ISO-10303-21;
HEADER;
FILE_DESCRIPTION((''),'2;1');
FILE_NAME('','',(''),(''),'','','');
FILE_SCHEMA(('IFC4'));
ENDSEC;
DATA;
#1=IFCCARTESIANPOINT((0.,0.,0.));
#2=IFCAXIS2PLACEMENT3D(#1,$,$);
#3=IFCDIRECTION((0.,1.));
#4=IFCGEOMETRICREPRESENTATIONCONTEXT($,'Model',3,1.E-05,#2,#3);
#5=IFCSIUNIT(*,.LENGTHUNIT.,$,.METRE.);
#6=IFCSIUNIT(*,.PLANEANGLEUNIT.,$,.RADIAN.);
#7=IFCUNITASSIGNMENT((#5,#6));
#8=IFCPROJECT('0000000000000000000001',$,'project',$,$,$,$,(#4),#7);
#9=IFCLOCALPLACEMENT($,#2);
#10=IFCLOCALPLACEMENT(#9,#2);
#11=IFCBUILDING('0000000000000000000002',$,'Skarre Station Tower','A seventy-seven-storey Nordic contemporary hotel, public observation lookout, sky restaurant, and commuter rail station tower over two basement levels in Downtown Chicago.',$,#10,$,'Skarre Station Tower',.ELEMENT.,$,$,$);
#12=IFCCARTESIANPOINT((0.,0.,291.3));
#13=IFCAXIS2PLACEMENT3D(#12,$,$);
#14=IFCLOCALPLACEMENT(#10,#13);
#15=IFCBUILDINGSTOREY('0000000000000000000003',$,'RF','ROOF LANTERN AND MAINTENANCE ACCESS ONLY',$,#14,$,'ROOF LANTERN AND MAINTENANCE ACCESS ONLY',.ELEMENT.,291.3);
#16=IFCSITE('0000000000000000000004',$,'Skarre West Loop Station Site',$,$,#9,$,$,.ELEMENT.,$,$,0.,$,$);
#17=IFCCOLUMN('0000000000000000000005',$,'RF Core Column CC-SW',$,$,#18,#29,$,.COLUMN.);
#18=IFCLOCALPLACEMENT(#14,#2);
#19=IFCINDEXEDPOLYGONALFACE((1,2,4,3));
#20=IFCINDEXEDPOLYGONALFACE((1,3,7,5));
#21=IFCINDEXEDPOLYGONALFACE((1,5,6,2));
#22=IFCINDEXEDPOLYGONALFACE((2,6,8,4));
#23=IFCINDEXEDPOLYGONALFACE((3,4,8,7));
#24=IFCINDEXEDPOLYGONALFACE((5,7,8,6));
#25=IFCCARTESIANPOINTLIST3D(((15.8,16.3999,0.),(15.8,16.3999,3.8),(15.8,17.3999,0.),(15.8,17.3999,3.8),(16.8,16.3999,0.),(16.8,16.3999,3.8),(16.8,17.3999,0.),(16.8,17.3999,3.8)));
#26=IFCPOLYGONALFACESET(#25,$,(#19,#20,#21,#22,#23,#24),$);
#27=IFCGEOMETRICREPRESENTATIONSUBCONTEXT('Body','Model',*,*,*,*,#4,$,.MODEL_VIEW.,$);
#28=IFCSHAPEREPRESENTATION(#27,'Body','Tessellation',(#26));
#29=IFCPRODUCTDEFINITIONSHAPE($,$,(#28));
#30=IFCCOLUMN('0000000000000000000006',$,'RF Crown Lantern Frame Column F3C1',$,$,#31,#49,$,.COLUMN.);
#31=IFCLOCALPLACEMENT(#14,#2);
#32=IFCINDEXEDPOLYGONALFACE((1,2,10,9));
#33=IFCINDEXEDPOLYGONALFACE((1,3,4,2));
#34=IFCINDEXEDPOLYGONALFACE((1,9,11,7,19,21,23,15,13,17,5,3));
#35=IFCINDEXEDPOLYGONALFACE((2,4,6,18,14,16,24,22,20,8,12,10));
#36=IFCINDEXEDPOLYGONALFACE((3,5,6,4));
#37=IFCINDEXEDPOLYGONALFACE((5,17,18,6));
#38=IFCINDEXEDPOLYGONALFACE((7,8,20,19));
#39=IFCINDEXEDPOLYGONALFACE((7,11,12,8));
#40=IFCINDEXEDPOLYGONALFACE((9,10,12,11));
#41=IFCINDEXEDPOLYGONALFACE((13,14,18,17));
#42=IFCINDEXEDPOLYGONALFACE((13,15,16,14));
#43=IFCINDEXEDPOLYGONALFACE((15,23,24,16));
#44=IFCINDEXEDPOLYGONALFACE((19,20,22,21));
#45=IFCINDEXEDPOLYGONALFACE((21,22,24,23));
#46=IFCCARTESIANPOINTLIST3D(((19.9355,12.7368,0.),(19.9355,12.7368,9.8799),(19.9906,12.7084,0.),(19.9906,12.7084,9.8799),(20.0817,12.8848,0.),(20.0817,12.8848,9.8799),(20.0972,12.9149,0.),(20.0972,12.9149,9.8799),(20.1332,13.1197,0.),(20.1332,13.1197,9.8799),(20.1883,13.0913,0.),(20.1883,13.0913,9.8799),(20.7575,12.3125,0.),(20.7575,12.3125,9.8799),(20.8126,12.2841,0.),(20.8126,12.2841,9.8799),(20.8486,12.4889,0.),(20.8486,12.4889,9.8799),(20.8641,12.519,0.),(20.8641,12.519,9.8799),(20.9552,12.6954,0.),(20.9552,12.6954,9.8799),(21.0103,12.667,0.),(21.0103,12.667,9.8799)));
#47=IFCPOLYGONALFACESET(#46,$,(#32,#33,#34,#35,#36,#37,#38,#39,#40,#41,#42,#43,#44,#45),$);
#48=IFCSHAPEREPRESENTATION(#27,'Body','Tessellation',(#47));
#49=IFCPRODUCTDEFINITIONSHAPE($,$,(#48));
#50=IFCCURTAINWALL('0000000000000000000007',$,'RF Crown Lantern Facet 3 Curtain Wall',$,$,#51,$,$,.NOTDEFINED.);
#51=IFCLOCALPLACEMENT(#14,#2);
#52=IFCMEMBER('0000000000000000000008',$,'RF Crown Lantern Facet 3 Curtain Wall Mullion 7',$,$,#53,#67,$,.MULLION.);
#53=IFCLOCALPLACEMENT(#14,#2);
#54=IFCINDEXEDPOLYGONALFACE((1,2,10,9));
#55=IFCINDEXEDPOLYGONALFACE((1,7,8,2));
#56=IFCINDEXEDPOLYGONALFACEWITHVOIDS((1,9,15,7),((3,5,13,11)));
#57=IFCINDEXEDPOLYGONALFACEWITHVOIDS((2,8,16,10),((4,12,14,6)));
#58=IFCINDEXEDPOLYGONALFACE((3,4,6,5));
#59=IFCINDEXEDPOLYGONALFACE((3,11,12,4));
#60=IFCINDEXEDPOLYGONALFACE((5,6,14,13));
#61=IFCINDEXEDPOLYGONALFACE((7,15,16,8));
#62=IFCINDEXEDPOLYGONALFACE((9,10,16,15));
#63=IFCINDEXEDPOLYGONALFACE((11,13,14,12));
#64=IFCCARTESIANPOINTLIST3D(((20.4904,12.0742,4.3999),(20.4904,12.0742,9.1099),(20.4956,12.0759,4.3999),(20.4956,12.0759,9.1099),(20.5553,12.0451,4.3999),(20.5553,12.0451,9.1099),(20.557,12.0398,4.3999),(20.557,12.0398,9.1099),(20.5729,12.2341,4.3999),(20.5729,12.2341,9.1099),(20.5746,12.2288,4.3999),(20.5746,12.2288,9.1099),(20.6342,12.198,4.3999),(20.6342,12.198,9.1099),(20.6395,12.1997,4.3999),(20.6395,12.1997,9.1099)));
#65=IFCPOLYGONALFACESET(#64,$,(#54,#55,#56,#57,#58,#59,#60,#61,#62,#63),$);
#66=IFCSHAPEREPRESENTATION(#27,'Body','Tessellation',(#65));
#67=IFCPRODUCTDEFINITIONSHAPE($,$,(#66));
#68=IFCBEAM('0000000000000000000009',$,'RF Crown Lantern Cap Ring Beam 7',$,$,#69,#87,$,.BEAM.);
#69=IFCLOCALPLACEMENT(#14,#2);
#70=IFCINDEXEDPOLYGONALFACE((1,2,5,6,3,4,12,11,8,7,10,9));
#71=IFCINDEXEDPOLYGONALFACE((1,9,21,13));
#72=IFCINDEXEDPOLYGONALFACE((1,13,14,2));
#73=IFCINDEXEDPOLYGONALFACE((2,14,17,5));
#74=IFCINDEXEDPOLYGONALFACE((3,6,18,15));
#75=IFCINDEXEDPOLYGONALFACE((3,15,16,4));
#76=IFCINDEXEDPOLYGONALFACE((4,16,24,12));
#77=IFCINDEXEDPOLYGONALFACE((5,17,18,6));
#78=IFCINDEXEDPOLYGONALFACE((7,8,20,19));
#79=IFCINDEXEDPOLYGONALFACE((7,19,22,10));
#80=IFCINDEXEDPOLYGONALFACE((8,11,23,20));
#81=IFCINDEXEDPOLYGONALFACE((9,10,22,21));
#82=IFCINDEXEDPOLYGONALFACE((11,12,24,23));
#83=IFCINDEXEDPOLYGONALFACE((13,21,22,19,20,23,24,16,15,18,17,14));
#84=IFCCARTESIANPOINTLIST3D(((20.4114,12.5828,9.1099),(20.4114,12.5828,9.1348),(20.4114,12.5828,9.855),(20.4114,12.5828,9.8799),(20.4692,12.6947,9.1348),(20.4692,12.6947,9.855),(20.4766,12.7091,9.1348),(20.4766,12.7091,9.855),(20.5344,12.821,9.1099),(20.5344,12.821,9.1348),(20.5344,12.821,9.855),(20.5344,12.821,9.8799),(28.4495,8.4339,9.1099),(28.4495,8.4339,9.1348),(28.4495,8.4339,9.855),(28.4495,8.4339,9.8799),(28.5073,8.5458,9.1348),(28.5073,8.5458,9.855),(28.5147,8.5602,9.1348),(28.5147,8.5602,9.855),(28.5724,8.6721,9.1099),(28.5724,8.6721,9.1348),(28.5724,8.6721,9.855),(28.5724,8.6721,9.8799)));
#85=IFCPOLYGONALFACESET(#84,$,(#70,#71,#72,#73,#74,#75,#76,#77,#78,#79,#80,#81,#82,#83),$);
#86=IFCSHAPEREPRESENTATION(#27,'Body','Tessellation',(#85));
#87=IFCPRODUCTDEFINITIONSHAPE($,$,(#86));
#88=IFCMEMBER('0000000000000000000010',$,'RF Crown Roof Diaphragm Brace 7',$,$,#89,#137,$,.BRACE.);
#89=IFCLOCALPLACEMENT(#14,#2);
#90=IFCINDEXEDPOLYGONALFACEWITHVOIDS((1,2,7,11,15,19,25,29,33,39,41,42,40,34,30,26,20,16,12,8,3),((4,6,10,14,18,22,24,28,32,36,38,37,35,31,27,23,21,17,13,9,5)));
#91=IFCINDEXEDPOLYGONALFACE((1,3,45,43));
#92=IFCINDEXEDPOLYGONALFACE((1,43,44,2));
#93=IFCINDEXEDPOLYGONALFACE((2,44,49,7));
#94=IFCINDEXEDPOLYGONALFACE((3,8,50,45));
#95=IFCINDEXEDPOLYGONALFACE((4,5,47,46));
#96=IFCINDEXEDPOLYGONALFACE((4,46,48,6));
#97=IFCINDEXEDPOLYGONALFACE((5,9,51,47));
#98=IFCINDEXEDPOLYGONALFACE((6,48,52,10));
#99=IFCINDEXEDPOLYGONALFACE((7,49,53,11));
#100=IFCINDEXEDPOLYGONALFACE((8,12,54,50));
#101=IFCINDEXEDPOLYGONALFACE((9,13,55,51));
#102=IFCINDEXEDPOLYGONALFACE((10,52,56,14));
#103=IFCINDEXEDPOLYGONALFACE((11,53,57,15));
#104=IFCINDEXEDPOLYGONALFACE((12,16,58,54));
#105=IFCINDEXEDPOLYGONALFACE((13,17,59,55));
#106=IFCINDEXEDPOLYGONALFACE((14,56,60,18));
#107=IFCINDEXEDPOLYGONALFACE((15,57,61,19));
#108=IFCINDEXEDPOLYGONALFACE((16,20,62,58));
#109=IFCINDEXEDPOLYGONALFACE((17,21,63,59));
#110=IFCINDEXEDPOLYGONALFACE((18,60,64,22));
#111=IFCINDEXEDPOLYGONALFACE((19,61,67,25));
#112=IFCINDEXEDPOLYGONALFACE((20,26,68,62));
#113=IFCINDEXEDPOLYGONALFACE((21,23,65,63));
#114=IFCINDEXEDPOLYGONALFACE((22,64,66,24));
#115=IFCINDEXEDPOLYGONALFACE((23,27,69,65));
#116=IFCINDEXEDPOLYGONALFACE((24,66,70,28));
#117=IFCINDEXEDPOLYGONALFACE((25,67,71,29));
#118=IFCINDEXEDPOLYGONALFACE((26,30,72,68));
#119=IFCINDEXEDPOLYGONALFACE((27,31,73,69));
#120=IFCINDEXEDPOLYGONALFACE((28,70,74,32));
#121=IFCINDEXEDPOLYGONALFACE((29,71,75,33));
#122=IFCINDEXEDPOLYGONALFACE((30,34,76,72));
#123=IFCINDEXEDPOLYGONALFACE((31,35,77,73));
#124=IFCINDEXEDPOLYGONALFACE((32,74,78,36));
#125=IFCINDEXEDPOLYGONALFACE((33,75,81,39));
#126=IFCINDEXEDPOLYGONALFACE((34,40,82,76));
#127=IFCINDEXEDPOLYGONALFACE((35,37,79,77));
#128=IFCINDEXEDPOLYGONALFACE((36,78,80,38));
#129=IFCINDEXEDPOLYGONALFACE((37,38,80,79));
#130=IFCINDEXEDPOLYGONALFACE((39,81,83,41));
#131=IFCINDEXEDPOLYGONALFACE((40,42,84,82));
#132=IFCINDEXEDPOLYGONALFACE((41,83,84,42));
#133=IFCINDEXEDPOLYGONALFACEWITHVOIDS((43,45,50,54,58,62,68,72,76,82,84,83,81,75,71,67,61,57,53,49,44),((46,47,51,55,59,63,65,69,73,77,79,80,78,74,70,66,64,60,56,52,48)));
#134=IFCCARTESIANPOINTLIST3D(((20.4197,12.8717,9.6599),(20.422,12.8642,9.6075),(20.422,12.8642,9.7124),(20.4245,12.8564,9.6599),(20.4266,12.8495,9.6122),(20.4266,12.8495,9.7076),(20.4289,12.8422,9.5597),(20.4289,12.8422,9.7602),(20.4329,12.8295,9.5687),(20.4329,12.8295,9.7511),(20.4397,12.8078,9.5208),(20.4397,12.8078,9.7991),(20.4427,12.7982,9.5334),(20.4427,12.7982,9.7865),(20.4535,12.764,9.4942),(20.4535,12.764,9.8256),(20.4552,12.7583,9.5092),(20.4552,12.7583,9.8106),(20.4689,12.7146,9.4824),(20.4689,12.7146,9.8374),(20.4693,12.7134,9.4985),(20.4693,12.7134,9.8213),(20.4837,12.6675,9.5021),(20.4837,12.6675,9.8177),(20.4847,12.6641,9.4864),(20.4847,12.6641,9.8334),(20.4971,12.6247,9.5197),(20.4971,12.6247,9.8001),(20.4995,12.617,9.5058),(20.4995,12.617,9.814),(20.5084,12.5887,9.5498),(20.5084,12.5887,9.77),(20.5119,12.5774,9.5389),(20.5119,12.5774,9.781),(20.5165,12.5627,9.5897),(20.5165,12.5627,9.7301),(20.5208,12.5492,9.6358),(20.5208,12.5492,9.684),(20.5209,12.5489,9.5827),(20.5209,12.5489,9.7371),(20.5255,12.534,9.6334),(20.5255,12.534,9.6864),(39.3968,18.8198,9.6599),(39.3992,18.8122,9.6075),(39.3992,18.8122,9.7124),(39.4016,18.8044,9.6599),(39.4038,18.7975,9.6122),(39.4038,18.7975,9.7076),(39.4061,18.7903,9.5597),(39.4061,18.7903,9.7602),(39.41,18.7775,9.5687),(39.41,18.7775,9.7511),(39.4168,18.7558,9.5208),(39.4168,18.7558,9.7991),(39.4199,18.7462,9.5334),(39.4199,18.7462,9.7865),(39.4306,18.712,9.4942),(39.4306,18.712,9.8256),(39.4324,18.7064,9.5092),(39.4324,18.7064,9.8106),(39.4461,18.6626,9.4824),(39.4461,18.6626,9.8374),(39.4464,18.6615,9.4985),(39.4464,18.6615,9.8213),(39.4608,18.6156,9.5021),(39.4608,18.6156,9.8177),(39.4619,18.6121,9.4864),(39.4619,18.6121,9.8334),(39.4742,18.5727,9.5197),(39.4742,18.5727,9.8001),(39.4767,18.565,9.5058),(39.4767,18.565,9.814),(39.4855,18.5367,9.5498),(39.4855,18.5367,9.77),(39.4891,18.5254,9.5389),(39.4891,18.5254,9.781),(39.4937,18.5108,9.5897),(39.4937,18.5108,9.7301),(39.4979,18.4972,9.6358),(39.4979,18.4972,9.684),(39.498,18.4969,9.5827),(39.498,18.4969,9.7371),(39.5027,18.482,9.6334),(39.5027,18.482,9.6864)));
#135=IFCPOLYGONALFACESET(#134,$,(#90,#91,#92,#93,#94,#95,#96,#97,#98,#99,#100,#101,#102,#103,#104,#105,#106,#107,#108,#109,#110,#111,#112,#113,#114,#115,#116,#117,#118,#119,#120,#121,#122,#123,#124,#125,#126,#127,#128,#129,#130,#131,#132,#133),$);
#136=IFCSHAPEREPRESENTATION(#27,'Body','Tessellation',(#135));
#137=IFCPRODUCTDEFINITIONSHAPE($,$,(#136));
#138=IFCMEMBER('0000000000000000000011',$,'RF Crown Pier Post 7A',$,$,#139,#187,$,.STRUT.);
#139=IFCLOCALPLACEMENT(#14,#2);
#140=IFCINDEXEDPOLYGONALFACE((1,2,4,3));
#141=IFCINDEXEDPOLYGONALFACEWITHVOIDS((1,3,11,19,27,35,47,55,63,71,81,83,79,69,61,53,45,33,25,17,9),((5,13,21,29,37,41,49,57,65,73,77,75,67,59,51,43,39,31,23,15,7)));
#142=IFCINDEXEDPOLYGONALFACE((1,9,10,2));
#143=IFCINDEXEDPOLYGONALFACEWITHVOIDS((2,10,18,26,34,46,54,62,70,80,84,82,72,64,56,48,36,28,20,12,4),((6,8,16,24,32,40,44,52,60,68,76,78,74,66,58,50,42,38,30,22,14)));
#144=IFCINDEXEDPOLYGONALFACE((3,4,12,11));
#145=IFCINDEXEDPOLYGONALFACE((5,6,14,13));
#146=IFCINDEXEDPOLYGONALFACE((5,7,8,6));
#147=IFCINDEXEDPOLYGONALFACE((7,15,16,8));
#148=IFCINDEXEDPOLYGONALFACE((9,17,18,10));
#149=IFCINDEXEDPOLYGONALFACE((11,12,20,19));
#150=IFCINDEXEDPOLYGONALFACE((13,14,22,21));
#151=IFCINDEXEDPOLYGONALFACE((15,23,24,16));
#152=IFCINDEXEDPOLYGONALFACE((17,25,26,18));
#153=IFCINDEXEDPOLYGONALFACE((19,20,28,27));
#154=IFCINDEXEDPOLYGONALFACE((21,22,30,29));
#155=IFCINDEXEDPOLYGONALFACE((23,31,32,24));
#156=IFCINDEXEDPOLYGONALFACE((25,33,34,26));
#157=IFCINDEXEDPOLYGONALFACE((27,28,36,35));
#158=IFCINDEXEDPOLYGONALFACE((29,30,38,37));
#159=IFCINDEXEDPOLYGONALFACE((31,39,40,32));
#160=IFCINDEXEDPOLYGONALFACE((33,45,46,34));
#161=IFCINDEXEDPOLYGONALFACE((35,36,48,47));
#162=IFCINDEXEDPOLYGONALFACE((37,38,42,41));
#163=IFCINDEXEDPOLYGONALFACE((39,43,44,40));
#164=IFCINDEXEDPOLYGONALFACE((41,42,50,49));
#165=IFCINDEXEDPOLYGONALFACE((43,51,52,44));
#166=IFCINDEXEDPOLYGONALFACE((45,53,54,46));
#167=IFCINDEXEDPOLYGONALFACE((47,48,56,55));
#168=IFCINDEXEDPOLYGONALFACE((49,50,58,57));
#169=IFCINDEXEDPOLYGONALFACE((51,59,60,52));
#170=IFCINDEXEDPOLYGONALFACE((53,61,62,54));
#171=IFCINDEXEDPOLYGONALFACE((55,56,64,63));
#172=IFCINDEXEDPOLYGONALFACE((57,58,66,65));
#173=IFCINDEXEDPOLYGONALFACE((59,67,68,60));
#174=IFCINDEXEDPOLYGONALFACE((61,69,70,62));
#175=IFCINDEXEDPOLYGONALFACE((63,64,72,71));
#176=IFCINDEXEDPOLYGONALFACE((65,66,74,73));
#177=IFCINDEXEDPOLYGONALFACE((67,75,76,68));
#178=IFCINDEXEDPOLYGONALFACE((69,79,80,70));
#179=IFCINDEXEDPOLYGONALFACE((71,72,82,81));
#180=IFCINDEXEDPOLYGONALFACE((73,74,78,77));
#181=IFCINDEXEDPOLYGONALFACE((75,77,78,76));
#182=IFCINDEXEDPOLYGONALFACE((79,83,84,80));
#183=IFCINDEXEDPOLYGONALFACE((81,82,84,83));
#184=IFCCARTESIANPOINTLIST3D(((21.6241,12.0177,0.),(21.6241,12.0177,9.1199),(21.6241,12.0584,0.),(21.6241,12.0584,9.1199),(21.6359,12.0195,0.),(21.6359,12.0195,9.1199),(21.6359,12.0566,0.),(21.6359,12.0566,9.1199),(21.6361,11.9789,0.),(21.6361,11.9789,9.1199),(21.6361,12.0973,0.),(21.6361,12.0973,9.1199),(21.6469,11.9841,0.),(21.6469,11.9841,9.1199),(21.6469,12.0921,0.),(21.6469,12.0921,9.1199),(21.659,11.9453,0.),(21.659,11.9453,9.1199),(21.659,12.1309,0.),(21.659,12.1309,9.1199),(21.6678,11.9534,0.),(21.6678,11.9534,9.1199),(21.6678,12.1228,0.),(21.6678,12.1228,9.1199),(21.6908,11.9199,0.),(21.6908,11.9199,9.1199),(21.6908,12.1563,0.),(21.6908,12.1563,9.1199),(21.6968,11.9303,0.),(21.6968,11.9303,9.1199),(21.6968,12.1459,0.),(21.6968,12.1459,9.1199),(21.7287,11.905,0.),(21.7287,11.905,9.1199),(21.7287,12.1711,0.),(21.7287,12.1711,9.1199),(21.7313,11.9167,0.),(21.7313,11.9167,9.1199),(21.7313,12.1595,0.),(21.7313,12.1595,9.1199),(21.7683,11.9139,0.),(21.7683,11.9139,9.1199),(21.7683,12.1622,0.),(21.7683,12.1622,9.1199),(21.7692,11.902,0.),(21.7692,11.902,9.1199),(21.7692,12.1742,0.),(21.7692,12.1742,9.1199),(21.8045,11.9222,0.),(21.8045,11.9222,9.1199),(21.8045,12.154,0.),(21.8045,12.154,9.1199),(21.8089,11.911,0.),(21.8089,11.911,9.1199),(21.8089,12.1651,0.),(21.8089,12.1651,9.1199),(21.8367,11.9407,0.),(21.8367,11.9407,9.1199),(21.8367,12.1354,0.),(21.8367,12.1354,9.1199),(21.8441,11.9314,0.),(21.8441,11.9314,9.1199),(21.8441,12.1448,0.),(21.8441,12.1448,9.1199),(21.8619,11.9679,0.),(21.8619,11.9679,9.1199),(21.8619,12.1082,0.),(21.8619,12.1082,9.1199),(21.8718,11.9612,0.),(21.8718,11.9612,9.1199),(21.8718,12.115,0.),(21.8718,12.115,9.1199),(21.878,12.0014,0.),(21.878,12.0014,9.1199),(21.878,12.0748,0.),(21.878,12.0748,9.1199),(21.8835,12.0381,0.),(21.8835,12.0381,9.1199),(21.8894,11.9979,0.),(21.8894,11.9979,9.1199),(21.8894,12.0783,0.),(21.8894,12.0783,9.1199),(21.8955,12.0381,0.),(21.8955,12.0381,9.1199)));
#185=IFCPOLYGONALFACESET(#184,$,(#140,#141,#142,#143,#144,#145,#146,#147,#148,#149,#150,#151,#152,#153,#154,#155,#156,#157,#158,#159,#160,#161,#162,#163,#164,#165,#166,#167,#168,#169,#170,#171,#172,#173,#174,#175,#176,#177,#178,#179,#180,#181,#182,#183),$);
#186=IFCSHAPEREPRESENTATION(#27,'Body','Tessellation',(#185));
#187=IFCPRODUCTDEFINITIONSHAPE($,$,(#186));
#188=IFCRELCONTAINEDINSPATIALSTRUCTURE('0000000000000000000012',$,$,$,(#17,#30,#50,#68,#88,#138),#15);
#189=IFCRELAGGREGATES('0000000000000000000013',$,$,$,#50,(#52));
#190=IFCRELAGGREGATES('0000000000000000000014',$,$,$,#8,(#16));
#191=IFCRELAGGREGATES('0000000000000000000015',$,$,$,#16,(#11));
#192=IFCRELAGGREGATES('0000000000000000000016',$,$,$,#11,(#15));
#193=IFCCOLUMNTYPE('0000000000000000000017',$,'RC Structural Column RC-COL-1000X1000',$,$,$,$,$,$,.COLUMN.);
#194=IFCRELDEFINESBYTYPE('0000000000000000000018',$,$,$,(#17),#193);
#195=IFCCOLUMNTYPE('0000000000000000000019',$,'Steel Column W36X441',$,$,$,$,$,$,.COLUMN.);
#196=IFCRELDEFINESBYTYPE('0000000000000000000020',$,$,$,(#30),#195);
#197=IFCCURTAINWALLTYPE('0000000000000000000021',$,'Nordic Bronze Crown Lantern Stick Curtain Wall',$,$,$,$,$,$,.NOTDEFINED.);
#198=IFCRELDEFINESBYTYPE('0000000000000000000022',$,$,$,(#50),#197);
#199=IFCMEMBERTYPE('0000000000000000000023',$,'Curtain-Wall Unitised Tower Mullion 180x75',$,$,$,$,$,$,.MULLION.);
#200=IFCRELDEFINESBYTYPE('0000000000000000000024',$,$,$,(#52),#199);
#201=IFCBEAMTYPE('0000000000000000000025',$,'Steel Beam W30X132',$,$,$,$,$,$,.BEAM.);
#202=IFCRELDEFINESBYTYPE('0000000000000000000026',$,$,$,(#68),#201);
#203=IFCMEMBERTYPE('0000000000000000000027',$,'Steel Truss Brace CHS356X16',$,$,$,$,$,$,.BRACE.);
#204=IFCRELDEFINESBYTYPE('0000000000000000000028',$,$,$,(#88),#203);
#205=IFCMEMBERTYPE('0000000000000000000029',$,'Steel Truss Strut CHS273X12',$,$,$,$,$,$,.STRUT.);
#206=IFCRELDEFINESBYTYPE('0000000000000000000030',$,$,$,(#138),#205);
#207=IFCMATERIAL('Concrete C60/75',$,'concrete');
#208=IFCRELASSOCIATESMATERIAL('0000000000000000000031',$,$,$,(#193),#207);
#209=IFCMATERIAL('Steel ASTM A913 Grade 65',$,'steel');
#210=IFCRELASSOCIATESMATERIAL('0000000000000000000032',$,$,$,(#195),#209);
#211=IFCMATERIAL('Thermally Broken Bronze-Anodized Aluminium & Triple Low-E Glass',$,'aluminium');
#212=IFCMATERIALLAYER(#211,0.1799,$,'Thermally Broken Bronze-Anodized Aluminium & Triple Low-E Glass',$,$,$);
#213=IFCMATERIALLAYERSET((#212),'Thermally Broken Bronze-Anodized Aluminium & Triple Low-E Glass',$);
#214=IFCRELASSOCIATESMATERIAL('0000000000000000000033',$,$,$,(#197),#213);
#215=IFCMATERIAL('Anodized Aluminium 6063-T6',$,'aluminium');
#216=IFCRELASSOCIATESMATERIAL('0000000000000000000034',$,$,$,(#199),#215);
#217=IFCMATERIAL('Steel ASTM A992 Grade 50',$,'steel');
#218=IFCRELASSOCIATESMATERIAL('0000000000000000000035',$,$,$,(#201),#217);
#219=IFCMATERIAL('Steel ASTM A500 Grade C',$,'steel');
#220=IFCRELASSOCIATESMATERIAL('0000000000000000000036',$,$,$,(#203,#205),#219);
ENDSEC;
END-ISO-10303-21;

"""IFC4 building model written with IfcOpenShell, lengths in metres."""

from ifc_helpers import new_model, si_unit, direction, frame, origin, origin_2d, place, context, subcontext, project, spatial, rectangle, hollow_rectangle, hollow_circle, i_section, extrude, material, layer, layer_set, material_profile, profile_set, type_object, element, aggregate, save


model = new_model("IFC4")

# Units and contexts
model_context = context("Model", 3, precision=1e-05, world=origin(), true_north=direction((0.0, 1.0)))
body_context = subcontext(model_context, "Body", "Model", "MODEL_VIEW")
ifc_project = project(units=[si_unit("LENGTHUNIT", "METRE"), si_unit("PLANEANGLEUNIT", "RADIAN")], contexts=[model_context])

# Site, building, storey
site_placement = place(None, origin())
site = spatial("IfcSite", under=ifc_project, at=site_placement, Name="Skarre West Loop Station Site", CompositionType="ELEMENT", RefElevation=0.0)
building_placement = place(site_placement, origin())
building = spatial("IfcBuilding", under=site, at=building_placement, Name="Skarre Station Tower", Description="A seventy-seven-storey Nordic contemporary hotel, public observation lookout, sky restaurant, and commuter rail station tower over two basement levels in Downtown Chicago.", LongName="Skarre Station Tower", CompositionType="ELEMENT")
storey_placement = place(building_placement, frame((0.0, 0.0, 291.3)))
storey = spatial("IfcBuildingStorey", under=building, at=storey_placement, Name="RF", Description="ROOF LANTERN AND MAINTENANCE ACCESS ONLY", LongName="ROOF LANTERN AND MAINTENANCE ACCESS ONLY", CompositionType="ELEMENT", Elevation=291.3)

# Columns
ifc_material_1 = material(Name="Concrete C60/75", Category="concrete")
ifc_material_profile_1 = material_profile(ifc_material_1, rectangle(XDim=1.0, YDim=1.0, at=origin_2d()), Name="Concrete C60/75")
ifc_profile_set_1 = profile_set([ifc_material_profile_1], Name="Concrete C60/75")
column_type_1 = type_object("IfcColumnType", Name="RC Structural Column RC-COL-1000X1000", PredefinedType="COLUMN", material=ifc_profile_set_1)
column_1_placement = place(storey_placement, frame((16.3, 16.8999, 0.0), z_axis=(0.0, 0.0, 1.0), x_axis=(1.0, 0.0, 0.0)))
element("IfcColumn", 1, at=column_1_placement, inside=storey, type_object=column_type_1, Name="RF Core Column CC-SW", PredefinedType="COLUMN", context=body_context, shape_type="SweptSolid", body=[
    extrude(rectangle(XDim=1.0, YDim=1.0, at=origin_2d()), origin(), (0.0, 0.0, 1.0), 3.8),
])
ifc_material_2 = material(Name="Steel ASTM A913 Grade 65", Category="steel")
ifc_material_profile_2 = material_profile(ifc_material_2, i_section(OverallWidth=0.4309, OverallDepth=0.9871, WebThickness=0.0339, FlangeThickness=0.062, at=origin_2d()), Name="Steel ASTM A913 Grade 65")
ifc_profile_set_2 = profile_set([ifc_material_profile_2], Name="Steel ASTM A913 Grade 65")
column_type_2 = type_object("IfcColumnType", Name="Steel Column W36X441", PredefinedType="COLUMN", material=ifc_profile_set_2)
column_2_placement = place(storey_placement, frame((20.4729, 12.7019, 0.0), z_axis=(0.0, 0.0, 1.0), x_axis=(-0.458712, -0.888585, 0.0)))
element("IfcColumn", 2, at=column_2_placement, inside=storey, type_object=column_type_2, Name="RF Crown Lantern Frame Column F3C1", PredefinedType="COLUMN", context=body_context, shape_type="SweptSolid", body=[
    extrude(i_section(OverallWidth=0.4309, OverallDepth=0.9871, WebThickness=0.0339, FlangeThickness=0.062, at=origin_2d()), origin(), (0.0, 0.0, 1.0), 9.8799),
])

# Curtain wall, member
ifc_material_3 = material(Name="Thermally Broken Bronze-Anodized Aluminium & Triple Low-E Glass", Category="aluminium")
ifc_layer_1 = layer(ifc_material_3, 0.1799, Name="Thermally Broken Bronze-Anodized Aluminium & Triple Low-E Glass")
ifc_layer_set_1 = layer_set([ifc_layer_1], Name="Thermally Broken Bronze-Anodized Aluminium & Triple Low-E Glass")
curtain_wall_type = type_object("IfcCurtainWallType", Name="Nordic Bronze Crown Lantern Stick Curtain Wall", PredefinedType="NOTDEFINED", material=ifc_layer_set_1)
curtain_wall_placement = place(storey_placement, origin())
curtain_wall = element("IfcCurtainWall", 3, at=curtain_wall_placement, inside=storey, type_object=curtain_wall_type, Name="RF Crown Lantern Facet 3 Curtain Wall", PredefinedType="NOTDEFINED")
ifc_material_4 = material(Name="Anodized Aluminium 6063-T6", Category="aluminium")
ifc_material_profile_3 = material_profile(ifc_material_4, hollow_rectangle(XDim=0.075, YDim=0.1799, WallThickness=0.0039, at=origin_2d()), Name="Anodized Aluminium 6063-T6")
ifc_profile_set_3 = profile_set([ifc_material_profile_3], Name="Anodized Aluminium 6063-T6")
member_type_1 = type_object("IfcMemberType", Name="Curtain-Wall Unitised Tower Mullion 180x75", PredefinedType="MULLION", material=ifc_profile_set_3)
member_1_placement = place(storey_placement, frame((20.5649, 12.137, 4.3999), z_axis=(0.0, 0.0, 1.0), x_axis=(-0.888649, 0.458588, 0.0)))
member_1 = element("IfcMember", 4, at=member_1_placement, type_object=member_type_1, Name="RF Crown Lantern Facet 3 Curtain Wall Mullion 7", PredefinedType="MULLION", context=body_context, shape_type="SweptSolid", body=[
    extrude(hollow_rectangle(XDim=0.075, YDim=0.1799, WallThickness=0.0039, at=origin_2d()), origin(), (0.0, 0.0, 1.0), 4.71),
])

# Beam
ifc_material_5 = material(Name="Steel ASTM A992 Grade 50", Category="steel")
ifc_material_profile_4 = material_profile(ifc_material_5, i_section(OverallWidth=0.2681, OverallDepth=0.77, WebThickness=0.0161, FlangeThickness=0.0249, at=origin_2d()), Name="Steel ASTM A992 Grade 50")
ifc_profile_set_4 = profile_set([ifc_material_profile_4], Name="Steel ASTM A992 Grade 50")
beam_type = type_object("IfcBeamType", Name="Steel Beam W30X132", PredefinedType="BEAM", material=ifc_profile_set_4)
beam_placement = place(storey_placement, frame((20.4729, 12.7019, 9.4949), z_axis=(0.88861, -0.458664, 0.0), x_axis=(0.458664, 0.88861, 0.0)))
element("IfcBeam", 5, at=beam_placement, inside=storey, type_object=beam_type, Name="RF Crown Lantern Cap Ring Beam 7", PredefinedType="BEAM", context=body_context, shape_type="SweptSolid", body=[
    extrude(i_section(OverallWidth=0.2681, OverallDepth=0.77, WebThickness=0.0161, FlangeThickness=0.0249, at=origin_2d()), origin(), (0.0, 0.0, 1.0), 9.0457),
])

# Members
ifc_material_6 = material(Name="Steel ASTM A500 Grade C", Category="steel")
ifc_material_profile_5 = material_profile(ifc_material_6, hollow_circle(Radius=0.178, WallThickness=0.0161, at=origin_2d()), Name="Steel ASTM A500 Grade C")
ifc_profile_set_5 = profile_set([ifc_material_profile_5], Name="Steel ASTM A500 Grade C")
member_type_2 = type_object("IfcMemberType", Name="Steel Truss Brace CHS356X16", PredefinedType="BRACE", material=ifc_profile_set_5)
member_2_placement = place(storey_placement, frame((20.4729, 12.7019, 9.6599), z_axis=(0.954227, 0.299084, 0.0), x_axis=(-0.299084, 0.954227, 0.0)))
element("IfcMember", 6, at=member_2_placement, inside=storey, type_object=member_type_2, Name="RF Crown Roof Diaphragm Brace 7", PredefinedType="BRACE", context=body_context, shape_type="SweptSolid", body=[
    extrude(hollow_circle(Radius=0.178, WallThickness=0.0161, at=origin_2d()), origin(), (0.0, 0.0, 1.0), 19.8875),
])
ifc_material_profile_6 = material_profile(ifc_material_6, hollow_circle(Radius=0.1365, WallThickness=0.012, at=origin_2d()), Name="Steel ASTM A500 Grade C")
ifc_profile_set_6 = profile_set([ifc_material_profile_6], Name="Steel ASTM A500 Grade C")
member_type_3 = type_object("IfcMemberType", Name="Steel Truss Strut CHS273X12", PredefinedType="STRUT", material=ifc_profile_set_6)
member_3_placement = place(storey_placement, frame((21.759, 12.0381, 0.0), z_axis=(0.0, 0.0, 1.0), x_axis=(1.0, 0.0, 0.0)))
element("IfcMember", 7, at=member_3_placement, inside=storey, type_object=member_type_3, Name="RF Crown Pier Post 7A", PredefinedType="STRUT", context=body_context, shape_type="SweptSolid", body=[
    extrude(hollow_circle(Radius=0.1365, WallThickness=0.012, at=origin_2d()), origin(), (0.0, 0.0, 1.0), 9.1199),
])

aggregate(curtain_wall, [member_1])

save(model, "model.ifc")
